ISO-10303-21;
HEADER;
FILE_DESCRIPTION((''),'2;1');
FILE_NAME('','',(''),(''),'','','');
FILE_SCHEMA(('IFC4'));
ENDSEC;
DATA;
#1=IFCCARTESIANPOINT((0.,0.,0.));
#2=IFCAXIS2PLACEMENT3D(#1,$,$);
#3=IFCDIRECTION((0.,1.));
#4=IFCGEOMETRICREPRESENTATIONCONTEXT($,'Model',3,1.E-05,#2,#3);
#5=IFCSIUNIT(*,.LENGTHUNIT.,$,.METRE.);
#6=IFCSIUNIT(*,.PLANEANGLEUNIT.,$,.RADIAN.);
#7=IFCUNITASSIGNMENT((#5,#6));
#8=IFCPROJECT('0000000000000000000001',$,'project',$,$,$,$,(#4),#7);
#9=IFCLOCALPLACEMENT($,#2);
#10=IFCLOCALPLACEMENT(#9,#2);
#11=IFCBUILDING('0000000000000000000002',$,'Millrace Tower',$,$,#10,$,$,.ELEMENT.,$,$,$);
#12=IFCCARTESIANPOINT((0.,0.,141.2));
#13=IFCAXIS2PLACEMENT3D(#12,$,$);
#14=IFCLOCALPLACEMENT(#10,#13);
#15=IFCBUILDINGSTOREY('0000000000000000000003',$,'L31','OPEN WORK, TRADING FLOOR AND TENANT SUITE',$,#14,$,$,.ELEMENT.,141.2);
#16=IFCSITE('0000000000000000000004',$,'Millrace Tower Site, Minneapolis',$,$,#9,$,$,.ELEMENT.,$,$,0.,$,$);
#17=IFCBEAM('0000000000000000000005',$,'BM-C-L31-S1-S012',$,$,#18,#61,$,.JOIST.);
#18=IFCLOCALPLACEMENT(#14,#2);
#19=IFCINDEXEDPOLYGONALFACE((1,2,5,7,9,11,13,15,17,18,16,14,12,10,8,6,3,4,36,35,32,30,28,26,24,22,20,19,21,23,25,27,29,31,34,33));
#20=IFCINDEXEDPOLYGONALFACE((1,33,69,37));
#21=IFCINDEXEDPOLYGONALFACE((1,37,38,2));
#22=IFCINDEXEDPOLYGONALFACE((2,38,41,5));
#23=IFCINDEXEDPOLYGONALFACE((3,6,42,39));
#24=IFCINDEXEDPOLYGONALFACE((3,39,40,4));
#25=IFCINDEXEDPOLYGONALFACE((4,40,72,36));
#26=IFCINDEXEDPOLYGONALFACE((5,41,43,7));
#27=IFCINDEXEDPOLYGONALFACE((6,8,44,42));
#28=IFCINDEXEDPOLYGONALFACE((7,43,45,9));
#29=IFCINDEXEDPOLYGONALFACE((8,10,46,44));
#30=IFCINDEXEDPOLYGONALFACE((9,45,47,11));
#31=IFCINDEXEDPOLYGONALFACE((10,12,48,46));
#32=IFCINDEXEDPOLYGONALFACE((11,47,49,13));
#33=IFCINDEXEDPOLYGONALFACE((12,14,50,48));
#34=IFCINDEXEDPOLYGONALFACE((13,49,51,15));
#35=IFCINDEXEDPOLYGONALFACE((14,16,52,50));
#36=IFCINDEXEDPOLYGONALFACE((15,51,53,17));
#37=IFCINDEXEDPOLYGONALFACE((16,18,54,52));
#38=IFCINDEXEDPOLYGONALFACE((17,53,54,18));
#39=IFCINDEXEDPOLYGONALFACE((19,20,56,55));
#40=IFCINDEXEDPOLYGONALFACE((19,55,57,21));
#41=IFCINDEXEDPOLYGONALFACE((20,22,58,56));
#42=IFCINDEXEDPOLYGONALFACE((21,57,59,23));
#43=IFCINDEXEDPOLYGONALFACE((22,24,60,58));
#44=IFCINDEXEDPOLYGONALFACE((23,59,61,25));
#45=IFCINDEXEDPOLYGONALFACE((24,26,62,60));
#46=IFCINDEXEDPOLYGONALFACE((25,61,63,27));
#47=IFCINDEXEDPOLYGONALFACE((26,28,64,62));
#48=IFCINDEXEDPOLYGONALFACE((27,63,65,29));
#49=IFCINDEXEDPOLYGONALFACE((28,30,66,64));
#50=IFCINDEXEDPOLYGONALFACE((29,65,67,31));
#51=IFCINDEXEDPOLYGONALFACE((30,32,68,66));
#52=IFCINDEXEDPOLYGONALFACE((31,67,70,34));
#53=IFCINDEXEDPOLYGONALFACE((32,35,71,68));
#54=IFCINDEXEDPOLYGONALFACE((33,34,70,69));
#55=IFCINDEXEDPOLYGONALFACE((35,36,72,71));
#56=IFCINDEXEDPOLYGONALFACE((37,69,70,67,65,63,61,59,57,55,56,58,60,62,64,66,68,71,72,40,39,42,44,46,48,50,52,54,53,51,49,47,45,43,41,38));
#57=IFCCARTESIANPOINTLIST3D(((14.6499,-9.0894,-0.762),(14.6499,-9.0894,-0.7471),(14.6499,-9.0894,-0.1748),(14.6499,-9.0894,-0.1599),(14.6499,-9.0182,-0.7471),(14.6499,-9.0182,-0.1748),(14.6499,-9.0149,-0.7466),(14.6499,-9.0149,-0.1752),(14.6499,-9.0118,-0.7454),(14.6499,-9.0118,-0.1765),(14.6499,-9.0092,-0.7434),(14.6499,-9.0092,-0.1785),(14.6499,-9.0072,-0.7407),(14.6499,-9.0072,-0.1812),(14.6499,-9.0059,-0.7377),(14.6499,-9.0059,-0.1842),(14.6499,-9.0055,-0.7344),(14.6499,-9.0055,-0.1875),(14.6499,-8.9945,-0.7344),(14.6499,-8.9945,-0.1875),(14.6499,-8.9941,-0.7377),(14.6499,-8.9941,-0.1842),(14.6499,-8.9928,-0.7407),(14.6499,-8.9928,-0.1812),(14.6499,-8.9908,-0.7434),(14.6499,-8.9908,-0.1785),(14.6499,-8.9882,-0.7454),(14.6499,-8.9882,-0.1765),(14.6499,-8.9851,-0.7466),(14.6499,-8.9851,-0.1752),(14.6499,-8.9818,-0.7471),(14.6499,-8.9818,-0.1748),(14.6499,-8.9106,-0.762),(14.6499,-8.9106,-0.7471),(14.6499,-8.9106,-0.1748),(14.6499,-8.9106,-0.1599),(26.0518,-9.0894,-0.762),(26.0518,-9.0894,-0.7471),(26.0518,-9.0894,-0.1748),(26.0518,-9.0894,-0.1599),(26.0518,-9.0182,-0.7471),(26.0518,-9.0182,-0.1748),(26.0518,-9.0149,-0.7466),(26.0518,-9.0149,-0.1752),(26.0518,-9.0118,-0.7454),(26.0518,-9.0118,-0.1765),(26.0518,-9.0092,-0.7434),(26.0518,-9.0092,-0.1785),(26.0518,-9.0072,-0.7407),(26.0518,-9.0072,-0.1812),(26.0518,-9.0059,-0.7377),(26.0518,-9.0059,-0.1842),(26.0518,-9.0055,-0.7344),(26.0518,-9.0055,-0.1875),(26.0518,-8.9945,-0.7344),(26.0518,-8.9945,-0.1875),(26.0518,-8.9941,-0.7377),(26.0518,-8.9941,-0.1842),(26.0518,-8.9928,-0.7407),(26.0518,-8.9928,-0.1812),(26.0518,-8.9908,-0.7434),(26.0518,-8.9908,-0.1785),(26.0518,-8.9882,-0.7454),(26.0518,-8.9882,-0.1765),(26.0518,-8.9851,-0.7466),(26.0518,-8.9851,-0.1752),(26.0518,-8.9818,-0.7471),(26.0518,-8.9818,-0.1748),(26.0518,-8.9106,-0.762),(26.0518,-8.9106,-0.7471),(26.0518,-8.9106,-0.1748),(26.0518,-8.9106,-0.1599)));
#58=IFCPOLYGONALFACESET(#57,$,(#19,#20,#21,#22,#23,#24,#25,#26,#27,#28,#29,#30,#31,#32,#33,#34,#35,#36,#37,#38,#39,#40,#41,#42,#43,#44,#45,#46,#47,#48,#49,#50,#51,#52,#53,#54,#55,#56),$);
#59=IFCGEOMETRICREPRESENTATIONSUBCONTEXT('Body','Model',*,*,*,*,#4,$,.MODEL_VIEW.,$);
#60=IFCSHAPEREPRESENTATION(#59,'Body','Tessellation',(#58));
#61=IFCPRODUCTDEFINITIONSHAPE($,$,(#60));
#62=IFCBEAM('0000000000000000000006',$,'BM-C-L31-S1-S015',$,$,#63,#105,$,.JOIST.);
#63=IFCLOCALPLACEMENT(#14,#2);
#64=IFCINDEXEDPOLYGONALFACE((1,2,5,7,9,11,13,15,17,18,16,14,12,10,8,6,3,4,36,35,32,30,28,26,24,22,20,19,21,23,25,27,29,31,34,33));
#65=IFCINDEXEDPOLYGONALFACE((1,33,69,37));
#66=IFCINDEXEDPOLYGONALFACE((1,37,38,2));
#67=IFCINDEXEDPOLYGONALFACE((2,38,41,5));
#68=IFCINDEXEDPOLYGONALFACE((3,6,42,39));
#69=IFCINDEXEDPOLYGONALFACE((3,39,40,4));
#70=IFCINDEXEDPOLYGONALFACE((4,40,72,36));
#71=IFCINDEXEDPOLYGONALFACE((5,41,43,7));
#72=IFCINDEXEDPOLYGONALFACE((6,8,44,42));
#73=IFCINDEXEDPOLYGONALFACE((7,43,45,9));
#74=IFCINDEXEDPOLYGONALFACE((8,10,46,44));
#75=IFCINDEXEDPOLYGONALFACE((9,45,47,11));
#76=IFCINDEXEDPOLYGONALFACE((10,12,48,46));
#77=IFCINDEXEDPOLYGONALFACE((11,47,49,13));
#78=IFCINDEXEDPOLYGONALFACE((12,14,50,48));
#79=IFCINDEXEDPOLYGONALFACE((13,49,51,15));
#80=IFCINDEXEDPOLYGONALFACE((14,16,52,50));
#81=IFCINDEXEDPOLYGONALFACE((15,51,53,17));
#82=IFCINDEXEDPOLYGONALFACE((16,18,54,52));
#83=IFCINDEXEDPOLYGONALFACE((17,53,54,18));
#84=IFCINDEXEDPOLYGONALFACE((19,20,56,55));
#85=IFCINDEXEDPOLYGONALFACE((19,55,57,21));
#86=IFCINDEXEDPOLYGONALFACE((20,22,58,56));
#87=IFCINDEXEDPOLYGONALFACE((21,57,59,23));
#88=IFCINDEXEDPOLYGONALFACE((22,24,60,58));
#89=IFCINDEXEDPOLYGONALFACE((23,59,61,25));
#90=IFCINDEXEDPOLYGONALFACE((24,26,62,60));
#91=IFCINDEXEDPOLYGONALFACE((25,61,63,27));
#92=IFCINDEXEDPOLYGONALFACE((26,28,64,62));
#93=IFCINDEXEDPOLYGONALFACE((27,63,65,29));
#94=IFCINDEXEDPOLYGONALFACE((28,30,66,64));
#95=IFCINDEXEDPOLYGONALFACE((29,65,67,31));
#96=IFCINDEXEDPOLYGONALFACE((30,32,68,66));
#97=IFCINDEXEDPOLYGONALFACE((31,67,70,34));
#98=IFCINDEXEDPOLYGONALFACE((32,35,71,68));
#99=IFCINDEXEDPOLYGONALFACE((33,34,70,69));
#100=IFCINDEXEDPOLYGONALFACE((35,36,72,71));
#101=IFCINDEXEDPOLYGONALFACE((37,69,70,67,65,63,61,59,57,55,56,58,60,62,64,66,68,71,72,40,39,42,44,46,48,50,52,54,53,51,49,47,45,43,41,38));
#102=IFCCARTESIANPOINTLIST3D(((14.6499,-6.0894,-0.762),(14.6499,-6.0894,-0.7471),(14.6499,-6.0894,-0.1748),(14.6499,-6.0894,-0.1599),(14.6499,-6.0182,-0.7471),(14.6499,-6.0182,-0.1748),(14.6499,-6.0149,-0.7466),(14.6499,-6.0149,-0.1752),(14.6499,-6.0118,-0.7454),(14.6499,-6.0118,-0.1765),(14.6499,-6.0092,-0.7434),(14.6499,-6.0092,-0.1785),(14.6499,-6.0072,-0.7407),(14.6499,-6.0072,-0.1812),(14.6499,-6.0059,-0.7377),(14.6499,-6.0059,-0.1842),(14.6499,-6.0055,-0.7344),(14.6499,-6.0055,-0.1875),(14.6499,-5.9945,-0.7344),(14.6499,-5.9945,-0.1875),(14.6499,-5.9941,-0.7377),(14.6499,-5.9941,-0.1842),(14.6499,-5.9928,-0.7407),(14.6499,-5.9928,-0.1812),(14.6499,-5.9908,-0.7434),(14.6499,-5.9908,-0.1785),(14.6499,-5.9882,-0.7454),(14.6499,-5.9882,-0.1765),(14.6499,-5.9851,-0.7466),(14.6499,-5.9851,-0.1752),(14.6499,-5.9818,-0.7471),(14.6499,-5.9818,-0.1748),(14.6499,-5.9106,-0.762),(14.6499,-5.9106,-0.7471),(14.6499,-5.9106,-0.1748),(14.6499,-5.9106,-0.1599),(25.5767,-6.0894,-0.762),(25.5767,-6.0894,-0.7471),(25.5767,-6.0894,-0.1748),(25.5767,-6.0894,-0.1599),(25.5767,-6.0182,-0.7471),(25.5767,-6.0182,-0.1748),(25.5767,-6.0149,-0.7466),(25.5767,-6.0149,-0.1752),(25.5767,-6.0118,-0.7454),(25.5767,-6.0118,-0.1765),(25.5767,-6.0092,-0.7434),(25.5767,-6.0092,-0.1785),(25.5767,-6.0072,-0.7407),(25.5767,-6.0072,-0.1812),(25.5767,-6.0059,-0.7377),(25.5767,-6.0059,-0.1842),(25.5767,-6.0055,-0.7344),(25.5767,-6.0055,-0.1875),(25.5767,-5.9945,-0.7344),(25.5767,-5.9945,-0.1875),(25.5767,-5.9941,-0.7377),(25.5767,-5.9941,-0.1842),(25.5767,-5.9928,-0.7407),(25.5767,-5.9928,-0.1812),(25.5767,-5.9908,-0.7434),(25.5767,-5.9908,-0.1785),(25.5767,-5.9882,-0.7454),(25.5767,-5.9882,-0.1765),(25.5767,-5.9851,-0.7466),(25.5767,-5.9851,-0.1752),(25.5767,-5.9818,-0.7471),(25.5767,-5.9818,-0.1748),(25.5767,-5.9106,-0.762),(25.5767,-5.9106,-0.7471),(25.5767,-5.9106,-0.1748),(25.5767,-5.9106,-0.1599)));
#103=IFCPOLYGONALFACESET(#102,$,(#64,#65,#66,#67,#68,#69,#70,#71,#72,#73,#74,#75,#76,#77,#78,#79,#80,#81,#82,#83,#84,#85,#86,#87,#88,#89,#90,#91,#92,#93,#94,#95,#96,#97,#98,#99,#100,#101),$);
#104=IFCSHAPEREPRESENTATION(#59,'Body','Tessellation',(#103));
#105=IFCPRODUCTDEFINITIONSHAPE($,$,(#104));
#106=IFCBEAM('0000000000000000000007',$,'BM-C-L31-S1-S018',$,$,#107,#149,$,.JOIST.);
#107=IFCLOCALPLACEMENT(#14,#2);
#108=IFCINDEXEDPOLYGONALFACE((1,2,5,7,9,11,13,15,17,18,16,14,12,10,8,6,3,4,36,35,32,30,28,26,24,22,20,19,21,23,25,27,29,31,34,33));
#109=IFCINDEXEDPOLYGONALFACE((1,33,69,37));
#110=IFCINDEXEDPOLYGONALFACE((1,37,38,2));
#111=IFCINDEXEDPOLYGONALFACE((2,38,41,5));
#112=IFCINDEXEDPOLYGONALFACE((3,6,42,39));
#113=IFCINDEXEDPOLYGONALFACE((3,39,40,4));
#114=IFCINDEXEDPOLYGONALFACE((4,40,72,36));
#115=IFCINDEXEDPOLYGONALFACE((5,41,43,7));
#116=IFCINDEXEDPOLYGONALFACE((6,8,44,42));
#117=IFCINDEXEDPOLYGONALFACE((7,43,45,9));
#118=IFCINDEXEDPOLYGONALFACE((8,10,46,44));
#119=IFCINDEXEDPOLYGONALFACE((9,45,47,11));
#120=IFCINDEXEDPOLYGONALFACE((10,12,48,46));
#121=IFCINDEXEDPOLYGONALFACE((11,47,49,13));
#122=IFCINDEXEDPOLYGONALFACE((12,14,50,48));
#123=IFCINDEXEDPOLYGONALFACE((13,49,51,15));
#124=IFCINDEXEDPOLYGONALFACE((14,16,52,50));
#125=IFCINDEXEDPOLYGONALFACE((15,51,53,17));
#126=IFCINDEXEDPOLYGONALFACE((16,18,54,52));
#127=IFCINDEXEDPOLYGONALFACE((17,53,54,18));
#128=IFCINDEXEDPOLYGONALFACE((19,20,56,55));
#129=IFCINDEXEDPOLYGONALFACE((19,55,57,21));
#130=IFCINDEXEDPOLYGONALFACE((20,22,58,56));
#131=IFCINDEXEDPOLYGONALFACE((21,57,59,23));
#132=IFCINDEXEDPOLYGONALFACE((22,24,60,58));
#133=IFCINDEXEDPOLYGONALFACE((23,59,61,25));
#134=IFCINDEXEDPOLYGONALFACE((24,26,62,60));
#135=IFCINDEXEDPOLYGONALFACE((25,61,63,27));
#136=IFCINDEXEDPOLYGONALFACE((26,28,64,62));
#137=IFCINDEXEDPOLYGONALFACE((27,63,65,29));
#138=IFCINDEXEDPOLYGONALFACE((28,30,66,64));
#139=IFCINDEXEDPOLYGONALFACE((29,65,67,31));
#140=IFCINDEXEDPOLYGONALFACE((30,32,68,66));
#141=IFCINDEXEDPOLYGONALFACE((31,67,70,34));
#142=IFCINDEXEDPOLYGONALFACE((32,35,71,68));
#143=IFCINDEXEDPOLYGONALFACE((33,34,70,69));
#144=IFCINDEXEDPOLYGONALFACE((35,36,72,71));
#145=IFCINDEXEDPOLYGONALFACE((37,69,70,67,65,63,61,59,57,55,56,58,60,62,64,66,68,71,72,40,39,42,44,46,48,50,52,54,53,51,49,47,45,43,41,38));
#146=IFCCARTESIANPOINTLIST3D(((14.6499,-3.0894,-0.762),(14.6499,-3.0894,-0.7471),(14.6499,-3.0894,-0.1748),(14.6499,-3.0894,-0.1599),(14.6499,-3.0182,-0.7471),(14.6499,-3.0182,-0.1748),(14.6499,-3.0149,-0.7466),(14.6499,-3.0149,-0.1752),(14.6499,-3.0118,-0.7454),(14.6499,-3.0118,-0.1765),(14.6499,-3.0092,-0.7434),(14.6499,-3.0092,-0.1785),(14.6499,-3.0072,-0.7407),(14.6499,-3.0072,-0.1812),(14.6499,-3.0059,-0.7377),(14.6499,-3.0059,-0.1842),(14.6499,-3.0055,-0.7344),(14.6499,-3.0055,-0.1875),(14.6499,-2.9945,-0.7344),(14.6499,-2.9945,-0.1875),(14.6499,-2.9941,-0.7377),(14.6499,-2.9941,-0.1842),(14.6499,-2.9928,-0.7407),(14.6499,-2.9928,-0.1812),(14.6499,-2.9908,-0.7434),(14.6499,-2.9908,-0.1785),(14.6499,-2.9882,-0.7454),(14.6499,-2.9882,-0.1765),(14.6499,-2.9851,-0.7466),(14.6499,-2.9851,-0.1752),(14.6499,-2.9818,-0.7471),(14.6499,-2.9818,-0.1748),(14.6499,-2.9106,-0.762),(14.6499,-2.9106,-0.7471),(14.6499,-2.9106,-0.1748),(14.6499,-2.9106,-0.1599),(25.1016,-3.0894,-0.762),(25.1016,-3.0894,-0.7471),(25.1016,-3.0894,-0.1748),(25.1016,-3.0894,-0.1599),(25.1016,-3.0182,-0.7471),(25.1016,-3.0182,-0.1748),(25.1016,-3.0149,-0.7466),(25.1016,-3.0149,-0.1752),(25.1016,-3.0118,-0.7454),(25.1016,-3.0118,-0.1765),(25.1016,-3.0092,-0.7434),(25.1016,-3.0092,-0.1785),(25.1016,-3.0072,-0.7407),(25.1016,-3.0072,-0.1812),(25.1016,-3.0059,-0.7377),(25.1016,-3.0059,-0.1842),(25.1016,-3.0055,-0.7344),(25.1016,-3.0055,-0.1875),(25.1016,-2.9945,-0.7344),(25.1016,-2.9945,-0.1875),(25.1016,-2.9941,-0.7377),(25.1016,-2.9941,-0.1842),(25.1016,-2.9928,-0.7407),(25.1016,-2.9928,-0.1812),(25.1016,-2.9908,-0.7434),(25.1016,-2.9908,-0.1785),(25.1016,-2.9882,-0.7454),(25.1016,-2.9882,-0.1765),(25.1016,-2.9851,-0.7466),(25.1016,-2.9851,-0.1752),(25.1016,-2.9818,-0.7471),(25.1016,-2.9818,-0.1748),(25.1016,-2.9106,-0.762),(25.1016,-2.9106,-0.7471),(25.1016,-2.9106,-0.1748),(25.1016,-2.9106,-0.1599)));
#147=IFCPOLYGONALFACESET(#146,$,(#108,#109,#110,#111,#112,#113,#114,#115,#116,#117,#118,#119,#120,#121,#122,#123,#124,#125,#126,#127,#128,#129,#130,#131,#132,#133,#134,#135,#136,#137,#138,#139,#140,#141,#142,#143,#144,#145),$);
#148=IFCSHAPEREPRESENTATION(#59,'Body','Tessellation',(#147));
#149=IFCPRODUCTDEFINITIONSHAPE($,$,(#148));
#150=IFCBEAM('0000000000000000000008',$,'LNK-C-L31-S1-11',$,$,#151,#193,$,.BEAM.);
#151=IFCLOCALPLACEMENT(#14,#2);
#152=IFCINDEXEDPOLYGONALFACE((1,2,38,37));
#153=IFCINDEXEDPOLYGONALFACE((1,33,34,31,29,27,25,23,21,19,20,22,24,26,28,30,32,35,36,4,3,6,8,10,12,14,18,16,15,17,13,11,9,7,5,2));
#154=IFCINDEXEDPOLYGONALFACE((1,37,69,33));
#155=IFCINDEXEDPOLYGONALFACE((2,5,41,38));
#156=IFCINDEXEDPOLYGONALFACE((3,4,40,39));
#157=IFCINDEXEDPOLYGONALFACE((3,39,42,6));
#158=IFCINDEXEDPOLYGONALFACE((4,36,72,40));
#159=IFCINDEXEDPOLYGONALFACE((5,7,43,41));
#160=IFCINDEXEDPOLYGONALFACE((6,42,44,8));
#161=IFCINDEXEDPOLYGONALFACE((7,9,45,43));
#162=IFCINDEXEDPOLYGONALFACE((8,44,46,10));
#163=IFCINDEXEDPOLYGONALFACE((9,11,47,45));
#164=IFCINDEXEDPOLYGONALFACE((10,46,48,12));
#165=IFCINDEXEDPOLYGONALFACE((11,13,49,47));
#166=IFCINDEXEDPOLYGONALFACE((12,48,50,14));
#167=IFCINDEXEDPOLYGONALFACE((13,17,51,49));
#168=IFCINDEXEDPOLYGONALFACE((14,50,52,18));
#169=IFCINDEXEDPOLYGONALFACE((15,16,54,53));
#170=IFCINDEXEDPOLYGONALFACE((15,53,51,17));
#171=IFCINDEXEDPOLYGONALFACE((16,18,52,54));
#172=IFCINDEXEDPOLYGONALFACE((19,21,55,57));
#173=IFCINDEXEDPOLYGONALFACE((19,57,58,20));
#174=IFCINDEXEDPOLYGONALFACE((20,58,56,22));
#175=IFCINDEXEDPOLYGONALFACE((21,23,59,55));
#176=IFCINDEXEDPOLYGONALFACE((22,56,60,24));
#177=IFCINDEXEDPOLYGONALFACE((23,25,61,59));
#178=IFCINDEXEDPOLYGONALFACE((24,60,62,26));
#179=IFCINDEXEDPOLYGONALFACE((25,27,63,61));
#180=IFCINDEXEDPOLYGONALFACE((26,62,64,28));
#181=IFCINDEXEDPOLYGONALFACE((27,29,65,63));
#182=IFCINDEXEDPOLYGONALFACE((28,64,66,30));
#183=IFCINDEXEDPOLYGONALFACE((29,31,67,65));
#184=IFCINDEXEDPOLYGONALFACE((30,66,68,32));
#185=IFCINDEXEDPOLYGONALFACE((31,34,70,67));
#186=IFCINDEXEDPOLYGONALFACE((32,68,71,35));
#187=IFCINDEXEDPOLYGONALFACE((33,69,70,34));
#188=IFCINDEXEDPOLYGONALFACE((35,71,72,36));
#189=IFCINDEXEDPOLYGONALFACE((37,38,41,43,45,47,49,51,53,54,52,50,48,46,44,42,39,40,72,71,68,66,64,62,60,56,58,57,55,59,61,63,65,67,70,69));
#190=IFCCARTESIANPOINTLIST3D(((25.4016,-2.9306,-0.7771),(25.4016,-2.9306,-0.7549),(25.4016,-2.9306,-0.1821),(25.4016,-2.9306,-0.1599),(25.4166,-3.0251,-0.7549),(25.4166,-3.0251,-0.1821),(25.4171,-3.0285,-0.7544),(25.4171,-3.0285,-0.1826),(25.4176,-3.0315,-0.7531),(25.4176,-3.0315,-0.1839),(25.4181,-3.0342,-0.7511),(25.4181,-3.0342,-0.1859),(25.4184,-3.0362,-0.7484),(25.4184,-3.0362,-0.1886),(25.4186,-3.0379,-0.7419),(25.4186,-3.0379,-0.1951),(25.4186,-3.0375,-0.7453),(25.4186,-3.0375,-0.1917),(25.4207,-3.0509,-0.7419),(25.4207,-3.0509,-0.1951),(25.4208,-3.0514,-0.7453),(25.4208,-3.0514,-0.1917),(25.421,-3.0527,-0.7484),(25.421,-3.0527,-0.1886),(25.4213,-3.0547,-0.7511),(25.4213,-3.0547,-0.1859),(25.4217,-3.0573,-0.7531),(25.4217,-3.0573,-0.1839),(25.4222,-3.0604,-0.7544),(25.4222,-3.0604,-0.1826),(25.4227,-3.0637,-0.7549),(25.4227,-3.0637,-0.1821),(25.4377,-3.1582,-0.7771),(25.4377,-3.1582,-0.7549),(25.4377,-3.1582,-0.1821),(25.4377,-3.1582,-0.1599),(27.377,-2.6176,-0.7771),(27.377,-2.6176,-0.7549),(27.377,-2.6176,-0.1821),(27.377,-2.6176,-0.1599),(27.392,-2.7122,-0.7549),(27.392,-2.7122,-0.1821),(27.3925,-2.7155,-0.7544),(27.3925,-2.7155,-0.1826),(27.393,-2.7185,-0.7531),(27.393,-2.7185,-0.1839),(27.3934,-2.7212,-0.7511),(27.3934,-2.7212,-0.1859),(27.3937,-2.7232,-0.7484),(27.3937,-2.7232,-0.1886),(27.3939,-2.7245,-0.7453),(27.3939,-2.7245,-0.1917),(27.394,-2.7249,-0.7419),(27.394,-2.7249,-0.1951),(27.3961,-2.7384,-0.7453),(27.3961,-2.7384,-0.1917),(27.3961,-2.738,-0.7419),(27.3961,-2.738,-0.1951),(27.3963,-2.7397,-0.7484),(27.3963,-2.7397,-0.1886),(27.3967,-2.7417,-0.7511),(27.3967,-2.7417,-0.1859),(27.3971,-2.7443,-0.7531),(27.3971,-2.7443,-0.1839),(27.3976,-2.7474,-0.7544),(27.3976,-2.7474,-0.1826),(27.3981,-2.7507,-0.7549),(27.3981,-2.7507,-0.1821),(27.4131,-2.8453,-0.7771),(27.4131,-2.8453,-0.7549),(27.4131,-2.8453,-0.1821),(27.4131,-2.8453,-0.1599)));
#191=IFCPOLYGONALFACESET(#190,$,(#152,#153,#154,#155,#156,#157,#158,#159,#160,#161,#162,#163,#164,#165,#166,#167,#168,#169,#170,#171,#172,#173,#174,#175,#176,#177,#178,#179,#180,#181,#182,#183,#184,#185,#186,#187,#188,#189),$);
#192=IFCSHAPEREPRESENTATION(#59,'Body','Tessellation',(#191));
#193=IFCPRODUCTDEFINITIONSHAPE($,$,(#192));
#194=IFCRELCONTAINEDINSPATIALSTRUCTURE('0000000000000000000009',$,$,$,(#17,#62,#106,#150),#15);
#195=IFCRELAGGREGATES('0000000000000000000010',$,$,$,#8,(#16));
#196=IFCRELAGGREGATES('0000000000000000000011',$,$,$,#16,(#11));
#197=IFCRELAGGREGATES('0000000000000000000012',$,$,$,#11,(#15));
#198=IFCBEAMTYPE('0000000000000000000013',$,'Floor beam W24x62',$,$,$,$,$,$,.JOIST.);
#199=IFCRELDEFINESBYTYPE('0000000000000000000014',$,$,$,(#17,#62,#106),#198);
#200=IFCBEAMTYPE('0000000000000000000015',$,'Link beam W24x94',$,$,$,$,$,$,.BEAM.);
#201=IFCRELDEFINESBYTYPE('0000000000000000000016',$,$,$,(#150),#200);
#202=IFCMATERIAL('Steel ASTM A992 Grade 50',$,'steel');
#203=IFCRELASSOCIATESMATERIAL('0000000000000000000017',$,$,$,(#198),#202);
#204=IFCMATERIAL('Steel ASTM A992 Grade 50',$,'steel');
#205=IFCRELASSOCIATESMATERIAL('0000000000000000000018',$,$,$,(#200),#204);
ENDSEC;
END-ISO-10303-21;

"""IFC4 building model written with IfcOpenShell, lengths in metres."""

from ifc_helpers import new_model, si_unit, direction, frame, origin, origin_2d, place, context, subcontext, project, spatial, i_section, extrude, material, material_profile, profile_set, type_object, element, save


model = new_model("IFC4")

# Units and contexts
model_context = context("Model", 3, precision=1e-05, world=origin(), true_north=direction((0.0, 1.0)))
body_context = subcontext(model_context, "Body", "Model", "MODEL_VIEW")
ifc_project = project(units=[si_unit("LENGTHUNIT", "METRE"), si_unit("PLANEANGLEUNIT", "RADIAN")], contexts=[model_context])

# Site, building, storey
site_placement = place(None, origin())
site = spatial("IfcSite", under=ifc_project, at=site_placement, Name="Millrace Tower Site, Minneapolis", CompositionType="ELEMENT", RefElevation=0.0)
building_placement = place(site_placement, origin())
building = spatial("IfcBuilding", under=site, at=building_placement, Name="Millrace Tower", CompositionType="ELEMENT")
storey_placement = place(building_placement, frame((0.0, 0.0, 141.2)))
storey = spatial("IfcBuildingStorey", under=building, at=storey_placement, Name="L31", Description="OPEN WORK, TRADING FLOOR AND TENANT SUITE", CompositionType="ELEMENT", Elevation=141.2)

# Beams
ifc_material_1 = material(Name="Steel ASTM A992 Grade 50", Category="steel")
ifc_material_profile_1 = material_profile(ifc_material_1, i_section(OverallWidth=0.1787, OverallDepth=0.6021, WebThickness=0.011, FlangeThickness=0.0149, FilletRadius=0.0127, at=origin_2d()))
ifc_profile_set_1 = profile_set([ifc_material_profile_1], Name="Steel ASTM A992 Grade 50")
beam_type_1 = type_object("IfcBeamType", Name="Floor beam W24x62", PredefinedType="JOIST", material=ifc_profile_set_1)
beam_1_placement = place(storey_placement, frame((14.6499, -9.0, -0.4609), z_axis=(1.0, 0.0, 0.0), x_axis=(0.0, 1.0, 0.0)))
element("IfcBeam", 1, at=beam_1_placement, inside=storey, type_object=beam_type_1, Name="BM-C-L31-S1-S012", PredefinedType="JOIST", context=body_context, shape_type="SweptSolid", body=[
    extrude(i_section(OverallWidth=0.1787, OverallDepth=0.6021, WebThickness=0.011, FlangeThickness=0.0149, FilletRadius=0.0127, at=origin_2d()), origin(), (0.0, 0.0, 1.0), 11.4019),
])
beam_2_placement = place(storey_placement, frame((14.6499, -6.0, -0.4609), z_axis=(1.0, 0.0, 0.0), x_axis=(0.0, 1.0, 0.0)))
element("IfcBeam", 2, at=beam_2_placement, inside=storey, type_object=beam_type_1, Name="BM-C-L31-S1-S015", PredefinedType="JOIST", context=body_context, shape_type="SweptSolid", body=[
    extrude(i_section(OverallWidth=0.1787, OverallDepth=0.6021, WebThickness=0.011, FlangeThickness=0.0149, FilletRadius=0.0127, at=origin_2d()), origin(), (0.0, 0.0, 1.0), 10.9268),
])
beam_3_placement = place(storey_placement, frame((14.6499, -3.0, -0.4609), z_axis=(1.0, 0.0, 0.0), x_axis=(0.0, 1.0, 0.0)))
element("IfcBeam", 3, at=beam_3_placement, inside=storey, type_object=beam_type_1, Name="BM-C-L31-S1-S018", PredefinedType="JOIST", context=body_context, shape_type="SweptSolid", body=[
    extrude(i_section(OverallWidth=0.1787, OverallDepth=0.6021, WebThickness=0.011, FlangeThickness=0.0149, FilletRadius=0.0127, at=origin_2d()), origin(), (0.0, 0.0, 1.0), 10.4517),
])
ifc_material_2 = material(Name="Steel ASTM A992 Grade 50", Category="steel")
ifc_material_profile_2 = material_profile(ifc_material_2, i_section(OverallWidth=0.2305, OverallDepth=0.6172, WebThickness=0.0132, FlangeThickness=0.0222, FilletRadius=0.0129, at=origin_2d()))
ifc_profile_set_2 = profile_set([ifc_material_profile_2], Name="Steel ASTM A992 Grade 50")
beam_type_2 = type_object("IfcBeamType", Name="Link beam W24x94", PredefinedType="BEAM", material=ifc_profile_set_2)
beam_4_placement = place(storey_placement, frame((25.4197, -3.0444, -0.4685), z_axis=(0.987679, 0.156495, 0.0), x_axis=(-0.156495, 0.987679, 0.0)))
element("IfcBeam", 4, at=beam_4_placement, inside=storey, type_object=beam_type_2, Name="LNK-C-L31-S1-11", PredefinedType="BEAM", context=body_context, shape_type="SweptSolid", body=[
    extrude(i_section(OverallWidth=0.2305, OverallDepth=0.6172, WebThickness=0.0132, FlangeThickness=0.0222, FilletRadius=0.0129, at=origin_2d()), origin(), (0.0, 0.0, 1.0), 2.0),
])

save(model, "model.ifc")
